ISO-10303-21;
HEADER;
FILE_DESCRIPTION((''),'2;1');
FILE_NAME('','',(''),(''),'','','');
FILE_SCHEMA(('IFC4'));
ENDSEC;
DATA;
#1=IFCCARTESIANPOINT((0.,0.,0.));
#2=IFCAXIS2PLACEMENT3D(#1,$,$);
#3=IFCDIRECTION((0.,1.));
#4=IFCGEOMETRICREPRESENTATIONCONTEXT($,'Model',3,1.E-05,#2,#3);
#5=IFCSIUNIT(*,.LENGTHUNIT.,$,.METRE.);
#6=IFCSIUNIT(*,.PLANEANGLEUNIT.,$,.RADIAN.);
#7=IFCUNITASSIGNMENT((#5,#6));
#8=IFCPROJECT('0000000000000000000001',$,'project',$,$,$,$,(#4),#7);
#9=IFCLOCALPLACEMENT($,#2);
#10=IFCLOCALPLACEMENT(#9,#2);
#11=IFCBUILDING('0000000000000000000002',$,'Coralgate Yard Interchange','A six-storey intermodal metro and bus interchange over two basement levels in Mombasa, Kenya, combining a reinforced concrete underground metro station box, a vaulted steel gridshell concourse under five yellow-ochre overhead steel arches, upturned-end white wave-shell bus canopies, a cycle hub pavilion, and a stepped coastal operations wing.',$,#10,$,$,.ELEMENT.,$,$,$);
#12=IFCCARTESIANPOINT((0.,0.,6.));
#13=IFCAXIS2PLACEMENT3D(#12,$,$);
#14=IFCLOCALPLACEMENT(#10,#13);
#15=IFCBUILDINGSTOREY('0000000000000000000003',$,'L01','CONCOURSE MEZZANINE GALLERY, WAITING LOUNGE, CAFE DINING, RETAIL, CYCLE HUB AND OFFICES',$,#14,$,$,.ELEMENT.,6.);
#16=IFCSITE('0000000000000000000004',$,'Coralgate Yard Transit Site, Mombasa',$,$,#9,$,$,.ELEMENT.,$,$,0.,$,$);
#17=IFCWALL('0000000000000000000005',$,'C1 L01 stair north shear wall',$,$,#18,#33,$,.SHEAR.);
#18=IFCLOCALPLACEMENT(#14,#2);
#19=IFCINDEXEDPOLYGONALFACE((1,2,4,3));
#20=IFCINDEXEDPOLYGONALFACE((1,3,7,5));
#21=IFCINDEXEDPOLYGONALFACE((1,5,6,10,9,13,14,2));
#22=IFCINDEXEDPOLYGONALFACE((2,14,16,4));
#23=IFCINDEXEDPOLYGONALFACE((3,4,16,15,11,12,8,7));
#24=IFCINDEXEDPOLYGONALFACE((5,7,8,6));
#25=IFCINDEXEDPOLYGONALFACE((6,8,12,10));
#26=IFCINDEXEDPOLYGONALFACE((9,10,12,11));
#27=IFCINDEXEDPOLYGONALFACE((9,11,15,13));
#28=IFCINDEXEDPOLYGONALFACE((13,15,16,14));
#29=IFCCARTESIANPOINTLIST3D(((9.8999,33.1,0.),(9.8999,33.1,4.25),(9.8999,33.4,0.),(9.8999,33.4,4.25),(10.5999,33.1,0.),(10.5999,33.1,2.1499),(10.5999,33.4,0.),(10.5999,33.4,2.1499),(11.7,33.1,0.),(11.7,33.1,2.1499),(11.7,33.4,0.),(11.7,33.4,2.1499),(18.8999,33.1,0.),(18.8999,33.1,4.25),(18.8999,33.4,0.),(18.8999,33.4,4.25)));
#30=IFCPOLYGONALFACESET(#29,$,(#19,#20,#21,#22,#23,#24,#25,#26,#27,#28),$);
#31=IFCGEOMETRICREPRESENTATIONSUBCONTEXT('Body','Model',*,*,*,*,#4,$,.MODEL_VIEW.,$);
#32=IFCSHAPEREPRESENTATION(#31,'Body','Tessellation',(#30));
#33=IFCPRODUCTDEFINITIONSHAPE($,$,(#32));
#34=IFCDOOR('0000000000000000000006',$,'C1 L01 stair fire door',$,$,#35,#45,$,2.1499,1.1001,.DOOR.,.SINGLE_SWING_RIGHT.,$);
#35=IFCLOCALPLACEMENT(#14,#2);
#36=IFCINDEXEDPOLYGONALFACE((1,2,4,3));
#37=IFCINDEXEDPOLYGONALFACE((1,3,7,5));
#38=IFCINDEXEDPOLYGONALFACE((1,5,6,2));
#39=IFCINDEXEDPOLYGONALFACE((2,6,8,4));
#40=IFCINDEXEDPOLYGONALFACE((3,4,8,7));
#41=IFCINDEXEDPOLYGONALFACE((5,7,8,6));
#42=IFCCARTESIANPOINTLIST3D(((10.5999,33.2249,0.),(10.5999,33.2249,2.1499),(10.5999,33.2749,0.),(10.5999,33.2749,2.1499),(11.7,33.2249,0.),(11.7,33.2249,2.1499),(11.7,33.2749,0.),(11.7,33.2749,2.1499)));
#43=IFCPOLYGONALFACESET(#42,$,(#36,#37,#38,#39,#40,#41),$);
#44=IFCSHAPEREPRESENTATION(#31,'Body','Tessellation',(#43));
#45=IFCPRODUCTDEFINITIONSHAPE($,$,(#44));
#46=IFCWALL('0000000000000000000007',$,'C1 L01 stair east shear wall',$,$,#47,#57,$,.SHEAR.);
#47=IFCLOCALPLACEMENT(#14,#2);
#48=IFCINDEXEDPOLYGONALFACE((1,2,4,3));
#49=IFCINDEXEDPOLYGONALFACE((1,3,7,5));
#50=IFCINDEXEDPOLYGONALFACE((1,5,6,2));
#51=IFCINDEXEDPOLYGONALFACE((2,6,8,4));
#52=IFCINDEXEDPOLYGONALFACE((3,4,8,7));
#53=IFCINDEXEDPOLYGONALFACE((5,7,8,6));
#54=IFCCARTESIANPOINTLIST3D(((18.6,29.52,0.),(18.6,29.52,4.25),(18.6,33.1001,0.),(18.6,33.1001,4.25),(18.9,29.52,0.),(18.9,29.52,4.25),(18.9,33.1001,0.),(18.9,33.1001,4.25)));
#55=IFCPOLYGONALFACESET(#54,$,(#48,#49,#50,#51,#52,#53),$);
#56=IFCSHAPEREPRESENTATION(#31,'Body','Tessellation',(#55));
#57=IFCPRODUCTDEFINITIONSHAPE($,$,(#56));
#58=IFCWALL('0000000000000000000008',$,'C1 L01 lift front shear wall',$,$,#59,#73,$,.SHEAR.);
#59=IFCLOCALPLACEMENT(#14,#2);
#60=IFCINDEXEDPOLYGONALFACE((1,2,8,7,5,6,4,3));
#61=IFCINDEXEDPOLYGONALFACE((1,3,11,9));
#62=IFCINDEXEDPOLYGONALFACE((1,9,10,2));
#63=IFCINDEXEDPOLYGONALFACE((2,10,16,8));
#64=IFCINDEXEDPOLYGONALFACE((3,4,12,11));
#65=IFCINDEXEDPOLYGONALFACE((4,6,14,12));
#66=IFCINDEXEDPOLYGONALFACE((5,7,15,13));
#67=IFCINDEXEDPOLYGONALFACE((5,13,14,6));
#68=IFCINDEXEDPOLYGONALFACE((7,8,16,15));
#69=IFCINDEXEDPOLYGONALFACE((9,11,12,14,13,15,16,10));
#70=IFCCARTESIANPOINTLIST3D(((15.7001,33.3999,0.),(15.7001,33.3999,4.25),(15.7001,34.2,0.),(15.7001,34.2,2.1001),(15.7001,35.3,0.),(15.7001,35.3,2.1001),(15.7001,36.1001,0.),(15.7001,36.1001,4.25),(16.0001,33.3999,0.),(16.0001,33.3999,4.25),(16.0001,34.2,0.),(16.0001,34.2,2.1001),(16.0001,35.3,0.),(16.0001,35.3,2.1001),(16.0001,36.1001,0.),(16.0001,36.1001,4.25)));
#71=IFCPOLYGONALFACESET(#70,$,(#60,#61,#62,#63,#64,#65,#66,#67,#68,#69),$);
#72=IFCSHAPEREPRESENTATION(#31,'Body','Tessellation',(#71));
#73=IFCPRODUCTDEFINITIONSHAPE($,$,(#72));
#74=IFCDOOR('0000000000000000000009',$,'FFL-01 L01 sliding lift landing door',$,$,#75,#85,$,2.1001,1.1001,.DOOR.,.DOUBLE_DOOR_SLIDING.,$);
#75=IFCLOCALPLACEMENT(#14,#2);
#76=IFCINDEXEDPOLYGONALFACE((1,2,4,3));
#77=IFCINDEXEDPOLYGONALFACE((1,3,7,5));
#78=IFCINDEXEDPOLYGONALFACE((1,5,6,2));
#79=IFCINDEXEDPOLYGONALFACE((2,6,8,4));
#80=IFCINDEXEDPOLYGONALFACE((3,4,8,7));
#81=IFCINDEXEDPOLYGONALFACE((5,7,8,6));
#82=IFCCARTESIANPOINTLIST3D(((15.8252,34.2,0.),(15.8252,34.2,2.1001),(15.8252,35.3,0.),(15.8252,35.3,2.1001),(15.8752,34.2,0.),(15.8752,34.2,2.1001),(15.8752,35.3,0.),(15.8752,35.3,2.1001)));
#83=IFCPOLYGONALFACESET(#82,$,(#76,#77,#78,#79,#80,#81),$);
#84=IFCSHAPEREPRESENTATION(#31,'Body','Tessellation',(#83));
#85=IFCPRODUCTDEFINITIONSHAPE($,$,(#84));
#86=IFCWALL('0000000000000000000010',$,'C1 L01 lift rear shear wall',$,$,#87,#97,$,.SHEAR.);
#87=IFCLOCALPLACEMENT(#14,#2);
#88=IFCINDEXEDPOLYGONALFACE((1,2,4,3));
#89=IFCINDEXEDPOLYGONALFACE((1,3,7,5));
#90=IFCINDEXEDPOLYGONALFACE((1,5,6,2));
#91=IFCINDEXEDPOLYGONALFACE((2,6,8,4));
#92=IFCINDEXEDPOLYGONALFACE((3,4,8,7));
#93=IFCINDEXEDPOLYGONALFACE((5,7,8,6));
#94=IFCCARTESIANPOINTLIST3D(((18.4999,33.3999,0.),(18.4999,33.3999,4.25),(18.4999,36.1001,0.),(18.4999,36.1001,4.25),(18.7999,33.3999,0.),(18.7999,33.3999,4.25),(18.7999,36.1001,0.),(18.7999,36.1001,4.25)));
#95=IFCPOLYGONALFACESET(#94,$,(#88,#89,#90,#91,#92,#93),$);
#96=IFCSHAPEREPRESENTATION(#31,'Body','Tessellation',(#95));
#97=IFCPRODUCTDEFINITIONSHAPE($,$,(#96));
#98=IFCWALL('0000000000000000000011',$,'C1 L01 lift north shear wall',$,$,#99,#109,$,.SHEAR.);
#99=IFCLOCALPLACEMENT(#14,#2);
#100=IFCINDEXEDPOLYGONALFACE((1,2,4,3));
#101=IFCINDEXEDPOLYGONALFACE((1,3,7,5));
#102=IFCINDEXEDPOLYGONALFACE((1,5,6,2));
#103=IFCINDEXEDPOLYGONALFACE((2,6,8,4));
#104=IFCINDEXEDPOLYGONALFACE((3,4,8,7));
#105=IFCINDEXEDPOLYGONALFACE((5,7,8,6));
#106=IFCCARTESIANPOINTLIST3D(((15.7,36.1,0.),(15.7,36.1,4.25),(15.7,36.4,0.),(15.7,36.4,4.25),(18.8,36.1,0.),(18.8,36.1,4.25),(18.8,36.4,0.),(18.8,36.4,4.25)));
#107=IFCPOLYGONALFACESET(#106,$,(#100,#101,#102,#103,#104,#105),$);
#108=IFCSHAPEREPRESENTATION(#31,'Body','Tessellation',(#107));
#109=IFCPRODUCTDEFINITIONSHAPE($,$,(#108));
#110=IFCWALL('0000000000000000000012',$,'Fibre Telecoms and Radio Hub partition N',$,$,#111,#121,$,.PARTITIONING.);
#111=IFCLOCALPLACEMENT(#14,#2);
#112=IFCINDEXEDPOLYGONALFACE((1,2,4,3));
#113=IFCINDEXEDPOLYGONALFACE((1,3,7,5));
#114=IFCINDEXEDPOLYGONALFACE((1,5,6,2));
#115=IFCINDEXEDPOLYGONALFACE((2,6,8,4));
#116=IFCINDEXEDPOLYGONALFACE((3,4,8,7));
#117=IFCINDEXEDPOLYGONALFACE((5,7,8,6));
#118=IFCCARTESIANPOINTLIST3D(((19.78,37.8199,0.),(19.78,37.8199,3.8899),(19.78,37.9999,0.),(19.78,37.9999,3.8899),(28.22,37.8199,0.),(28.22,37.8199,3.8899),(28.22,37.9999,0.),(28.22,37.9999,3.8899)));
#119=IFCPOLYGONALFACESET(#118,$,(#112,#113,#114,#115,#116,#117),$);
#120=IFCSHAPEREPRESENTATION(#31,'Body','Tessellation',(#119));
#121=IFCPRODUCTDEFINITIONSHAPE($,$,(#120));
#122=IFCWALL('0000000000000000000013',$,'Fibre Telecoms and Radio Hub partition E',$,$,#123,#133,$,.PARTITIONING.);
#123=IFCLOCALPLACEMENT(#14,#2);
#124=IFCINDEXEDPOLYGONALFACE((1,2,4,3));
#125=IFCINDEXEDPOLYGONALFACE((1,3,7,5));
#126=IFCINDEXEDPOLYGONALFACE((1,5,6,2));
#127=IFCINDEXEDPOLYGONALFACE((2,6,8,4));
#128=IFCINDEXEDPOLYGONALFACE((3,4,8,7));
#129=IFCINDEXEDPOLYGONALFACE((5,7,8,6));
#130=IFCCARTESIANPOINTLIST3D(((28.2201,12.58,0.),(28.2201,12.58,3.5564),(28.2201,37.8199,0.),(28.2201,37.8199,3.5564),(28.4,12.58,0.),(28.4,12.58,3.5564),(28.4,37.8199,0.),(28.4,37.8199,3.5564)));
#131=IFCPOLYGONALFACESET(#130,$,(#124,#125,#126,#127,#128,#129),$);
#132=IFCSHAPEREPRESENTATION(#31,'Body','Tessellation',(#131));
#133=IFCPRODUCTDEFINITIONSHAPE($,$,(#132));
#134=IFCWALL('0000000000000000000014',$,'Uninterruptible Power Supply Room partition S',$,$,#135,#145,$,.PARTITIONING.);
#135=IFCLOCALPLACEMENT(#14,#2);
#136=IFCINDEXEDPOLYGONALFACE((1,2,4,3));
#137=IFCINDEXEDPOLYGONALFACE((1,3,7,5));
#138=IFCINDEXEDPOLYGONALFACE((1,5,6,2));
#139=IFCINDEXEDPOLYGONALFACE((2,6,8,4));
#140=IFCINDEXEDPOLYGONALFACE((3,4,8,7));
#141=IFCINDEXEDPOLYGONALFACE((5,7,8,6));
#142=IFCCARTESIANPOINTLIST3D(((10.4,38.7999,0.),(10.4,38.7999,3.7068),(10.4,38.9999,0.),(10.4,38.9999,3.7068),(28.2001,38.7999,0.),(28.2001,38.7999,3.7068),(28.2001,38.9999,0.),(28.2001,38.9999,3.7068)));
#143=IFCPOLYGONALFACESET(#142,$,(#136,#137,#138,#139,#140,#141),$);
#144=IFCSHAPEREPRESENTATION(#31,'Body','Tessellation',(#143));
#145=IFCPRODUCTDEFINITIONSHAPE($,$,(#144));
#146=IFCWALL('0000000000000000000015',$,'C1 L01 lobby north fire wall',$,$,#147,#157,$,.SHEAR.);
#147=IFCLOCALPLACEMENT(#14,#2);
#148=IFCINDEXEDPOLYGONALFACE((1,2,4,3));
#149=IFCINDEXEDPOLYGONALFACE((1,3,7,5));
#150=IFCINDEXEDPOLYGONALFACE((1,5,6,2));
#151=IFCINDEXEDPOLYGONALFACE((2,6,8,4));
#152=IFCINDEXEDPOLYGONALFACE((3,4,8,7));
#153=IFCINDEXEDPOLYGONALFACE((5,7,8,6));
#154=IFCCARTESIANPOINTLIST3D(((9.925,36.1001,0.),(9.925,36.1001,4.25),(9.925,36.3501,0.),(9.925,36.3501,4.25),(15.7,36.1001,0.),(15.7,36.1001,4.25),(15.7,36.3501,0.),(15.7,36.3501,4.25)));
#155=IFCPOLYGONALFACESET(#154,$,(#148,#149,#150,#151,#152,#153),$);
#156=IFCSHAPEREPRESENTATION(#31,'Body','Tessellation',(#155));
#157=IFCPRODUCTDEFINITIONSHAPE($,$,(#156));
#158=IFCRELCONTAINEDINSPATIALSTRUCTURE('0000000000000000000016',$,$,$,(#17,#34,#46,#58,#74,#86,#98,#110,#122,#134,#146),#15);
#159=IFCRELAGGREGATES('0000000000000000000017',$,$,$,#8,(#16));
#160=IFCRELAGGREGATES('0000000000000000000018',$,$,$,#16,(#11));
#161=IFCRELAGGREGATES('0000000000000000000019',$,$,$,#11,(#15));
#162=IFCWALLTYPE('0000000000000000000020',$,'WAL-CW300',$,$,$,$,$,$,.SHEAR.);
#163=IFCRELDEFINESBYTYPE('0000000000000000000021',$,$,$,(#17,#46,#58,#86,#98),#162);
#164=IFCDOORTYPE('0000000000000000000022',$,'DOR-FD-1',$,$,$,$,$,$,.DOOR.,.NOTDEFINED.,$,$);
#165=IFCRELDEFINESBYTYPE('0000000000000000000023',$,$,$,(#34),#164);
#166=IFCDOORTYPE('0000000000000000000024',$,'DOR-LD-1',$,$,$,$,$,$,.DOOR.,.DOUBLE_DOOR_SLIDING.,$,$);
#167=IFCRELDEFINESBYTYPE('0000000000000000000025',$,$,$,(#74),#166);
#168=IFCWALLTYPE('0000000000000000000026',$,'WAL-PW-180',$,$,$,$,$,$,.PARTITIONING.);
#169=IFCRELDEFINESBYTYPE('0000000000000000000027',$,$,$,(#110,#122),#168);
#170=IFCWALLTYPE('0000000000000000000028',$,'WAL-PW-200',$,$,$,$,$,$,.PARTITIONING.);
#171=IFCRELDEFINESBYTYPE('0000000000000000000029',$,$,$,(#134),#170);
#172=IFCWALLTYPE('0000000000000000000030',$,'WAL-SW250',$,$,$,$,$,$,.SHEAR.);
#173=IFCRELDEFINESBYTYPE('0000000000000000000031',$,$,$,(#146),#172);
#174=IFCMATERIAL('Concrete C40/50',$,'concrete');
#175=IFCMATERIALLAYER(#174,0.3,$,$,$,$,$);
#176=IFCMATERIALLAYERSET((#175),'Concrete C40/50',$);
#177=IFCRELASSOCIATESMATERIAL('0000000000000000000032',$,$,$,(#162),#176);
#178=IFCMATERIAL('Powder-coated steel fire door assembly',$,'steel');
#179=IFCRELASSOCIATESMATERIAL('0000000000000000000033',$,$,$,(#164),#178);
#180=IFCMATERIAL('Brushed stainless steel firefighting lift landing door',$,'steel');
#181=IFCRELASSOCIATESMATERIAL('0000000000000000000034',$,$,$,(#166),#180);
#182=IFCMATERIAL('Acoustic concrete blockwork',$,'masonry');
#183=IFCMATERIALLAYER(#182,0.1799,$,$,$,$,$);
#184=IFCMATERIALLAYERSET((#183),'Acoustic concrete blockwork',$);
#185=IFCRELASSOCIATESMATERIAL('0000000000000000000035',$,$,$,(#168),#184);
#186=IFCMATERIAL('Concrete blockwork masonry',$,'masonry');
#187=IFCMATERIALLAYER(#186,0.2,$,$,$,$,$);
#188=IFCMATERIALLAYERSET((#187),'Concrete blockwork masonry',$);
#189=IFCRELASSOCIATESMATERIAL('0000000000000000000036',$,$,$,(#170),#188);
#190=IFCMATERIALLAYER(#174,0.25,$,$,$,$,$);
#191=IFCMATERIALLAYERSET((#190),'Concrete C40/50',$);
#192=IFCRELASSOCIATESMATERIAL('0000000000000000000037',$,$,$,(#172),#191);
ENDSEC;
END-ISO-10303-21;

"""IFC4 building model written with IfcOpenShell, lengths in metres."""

from ifc_helpers import new_model, si_unit, direction, frame, frame_2d, origin, place, context, subcontext, project, spatial, rectangle, extrude, material, layer, layer_set, type_object, element, fill, save


model = new_model("IFC4")

# Units and contexts
model_context = context("Model", 3, precision=1e-05, world=origin(), true_north=direction((0.0, 1.0)))
body_context = subcontext(model_context, "Body", "Model", "MODEL_VIEW")
ifc_project = project(units=[si_unit("LENGTHUNIT", "METRE"), si_unit("PLANEANGLEUNIT", "RADIAN")], contexts=[model_context])

# Site, building, storey
site_placement = place(None, origin())
site = spatial("IfcSite", under=ifc_project, at=site_placement, Name="Coralgate Yard Transit Site, Mombasa", CompositionType="ELEMENT", RefElevation=0.0)
building_placement = place(site_placement, origin())
building = spatial("IfcBuilding", under=site, at=building_placement, Name="Coralgate Yard Interchange", Description="A six-storey intermodal metro and bus interchange over two basement levels in Mombasa, Kenya, combining a reinforced concrete underground metro station box, a vaulted steel gridshell concourse under five yellow-ochre overhead steel arches, upturned-end white wave-shell bus canopies, a cycle hub pavilion, and a stepped coastal operations wing.", CompositionType="ELEMENT")
storey_placement = place(building_placement, frame((0.0, 0.0, 6.0)))
storey = spatial("IfcBuildingStorey", under=building, at=storey_placement, Name="L01", Description="CONCOURSE MEZZANINE GALLERY, WAITING LOUNGE, CAFE DINING, RETAIL, CYCLE HUB AND OFFICES", CompositionType="ELEMENT", Elevation=6.0)

# Wall, opening, door
ifc_material_1 = material(Name="Concrete C40/50", Category="concrete")
ifc_layer_1 = layer(ifc_material_1, 0.3)
ifc_layer_set_1 = layer_set([ifc_layer_1], Name="Concrete C40/50")
wall_type_1 = type_object("IfcWallType", Name="WAL-CW300", PredefinedType="SHEAR", material=ifc_layer_set_1)
wall_1_placement = place(storey_placement, frame((18.8999, 33.25, 0.0), z_axis=(0.0, 0.0, 1.0), x_axis=(-1.0, 0.0, 0.0)))
wall_1 = element("IfcWall", 1, at=wall_1_placement, inside=storey, type_object=wall_type_1, Name="C1 L01 stair north shear wall", PredefinedType="SHEAR", context=body_context, shape_type="SweptSolid", body=[
    extrude(rectangle(XDim=9.0, YDim=0.3, at=frame_2d((4.5, 0.0))), origin(), (0.0, 0.0, 1.0), 4.25),
])
opening_1_placement = place(wall_1_placement, frame((7.2, 0.0, 0.0)))
opening_1 = element("IfcOpeningElement", 2, at=opening_1_placement, cuts=wall_1, PredefinedType="OPENING", context=body_context, shape_type="SweptSolid", body=[
    extrude(rectangle(XDim=1.1001, YDim=2.1499, at=frame_2d((0.55, 1.075))), frame((0.0, 0.1599, 0.0), z_axis=(0.0, -1.0, 0.0), x_axis=(1.0, 0.0, 0.0)), (0.0, 0.0, 1.0), 0.3201),
])
ifc_material_2 = material(Name="Powder-coated steel fire door assembly", Category="steel")
door_type_1 = type_object("IfcDoorType", Name="DOR-FD-1", OperationType="NOTDEFINED", PredefinedType="DOOR", material=ifc_material_2)
door_1_placement = place(opening_1_placement, frame((1.1001, 0.0, 0.0), z_axis=(0.0, 0.0, 1.0), x_axis=(-1.0, 0.0, 0.0)))
door_1 = element("IfcDoor", 3, at=door_1_placement, inside=storey, type_object=door_type_1, Name="C1 L01 stair fire door", OperationType="SINGLE_SWING_RIGHT", OverallHeight=2.1499, OverallWidth=1.1001, PredefinedType="DOOR", context=body_context, shape_type="SweptSolid", body=[
    extrude(rectangle(XDim=1.1001, YDim=2.1499, at=frame_2d((0.55, 1.075))), frame((0.0, 0.0249, 0.0), z_axis=(0.0, -1.0, 0.0), x_axis=(1.0, 0.0, 0.0)), (0.0, 0.0, 1.0), 0.05),
])
fill(opening_1, door_1)

# Wall
wall_2_placement = place(storey_placement, frame((18.75, 33.1001, 0.0), z_axis=(0.0, 0.0, 1.0), x_axis=(0.0, -1.0, 0.0)))
element("IfcWall", 4, at=wall_2_placement, inside=storey, type_object=wall_type_1, Name="C1 L01 stair east shear wall", PredefinedType="SHEAR", context=body_context, shape_type="SweptSolid", body=[
    extrude(rectangle(XDim=3.5801, YDim=0.3, at=frame_2d((1.79, 0.0))), origin(), (0.0, 0.0, 1.0), 4.25),
])

# Wall, opening, door
wall_3_placement = place(storey_placement, frame((15.8501, 36.1001, 0.0), z_axis=(0.0, 0.0, 1.0), x_axis=(0.0, -1.0, 0.0)))
wall_3 = element("IfcWall", 5, at=wall_3_placement, inside=storey, type_object=wall_type_1, Name="C1 L01 lift front shear wall", PredefinedType="SHEAR", context=body_context, shape_type="SweptSolid", body=[
    extrude(rectangle(XDim=2.7002, YDim=0.3, at=frame_2d((1.3501, 0.0))), origin(), (0.0, 0.0, 1.0), 4.25),
])
opening_2_placement = place(wall_3_placement, frame((0.8, 0.0, 0.0)))
opening_2 = element("IfcOpeningElement", 6, at=opening_2_placement, cuts=wall_3, PredefinedType="OPENING", context=body_context, shape_type="SweptSolid", body=[
    extrude(rectangle(XDim=1.1001, YDim=2.1001, at=frame_2d((0.55, 1.05))), frame((0.0, 0.1599, 0.0), z_axis=(0.0, -1.0, 0.0), x_axis=(1.0, 0.0, 0.0)), (0.0, 0.0, 1.0), 0.3201),
])
ifc_material_3 = material(Name="Brushed stainless steel firefighting lift landing door", Category="steel")
door_type_2 = type_object("IfcDoorType", Name="DOR-LD-1", OperationType="DOUBLE_DOOR_SLIDING", PredefinedType="DOOR", material=ifc_material_3)
door_2_placement = place(opening_2_placement, frame((1.1001, 0.0, 0.0), z_axis=(0.0, 0.0, 1.0), x_axis=(-1.0, 0.0, 0.0)))
door_2 = element("IfcDoor", 7, at=door_2_placement, inside=storey, type_object=door_type_2, Name="FFL-01 L01 sliding lift landing door", OperationType="DOUBLE_DOOR_SLIDING", OverallHeight=2.1001, OverallWidth=1.1001, PredefinedType="DOOR", context=body_context, shape_type="SweptSolid", body=[
    extrude(rectangle(XDim=1.1001, YDim=2.1001, at=frame_2d((0.55, 1.05))), frame((0.0, 0.0249, 0.0), z_axis=(0.0, -1.0, 0.0), x_axis=(1.0, 0.0, 0.0)), (0.0, 0.0, 1.0), 0.05),
])
fill(opening_2, door_2)

# Walls
wall_4_placement = place(storey_placement, frame((18.6499, 33.3999, 0.0), z_axis=(0.0, 0.0, 1.0), x_axis=(0.0, 1.0, 0.0)))
element("IfcWall", 8, at=wall_4_placement, inside=storey, type_object=wall_type_1, Name="C1 L01 lift rear shear wall", PredefinedType="SHEAR", context=body_context, shape_type="SweptSolid", body=[
    extrude(rectangle(XDim=2.7002, YDim=0.3, at=frame_2d((1.3501, 0.0))), origin(), (0.0, 0.0, 1.0), 4.25),
])
wall_5_placement = place(storey_placement, frame((15.7, 36.25, 0.0), z_axis=(0.0, 0.0, 1.0), x_axis=(1.0, 0.0, 0.0)))
element("IfcWall", 9, at=wall_5_placement, inside=storey, type_object=wall_type_1, Name="C1 L01 lift north shear wall", PredefinedType="SHEAR", context=body_context, shape_type="SweptSolid", body=[
    extrude(rectangle(XDim=3.1001, YDim=0.3, at=frame_2d((1.55, 0.0))), origin(), (0.0, 0.0, 1.0), 4.25),
])
ifc_material_4 = material(Name="Acoustic concrete blockwork", Category="masonry")
ifc_layer_2 = layer(ifc_material_4, 0.1799)
ifc_layer_set_2 = layer_set([ifc_layer_2], Name="Acoustic concrete blockwork")
wall_type_2 = type_object("IfcWallType", Name="WAL-PW-180", PredefinedType="PARTITIONING", material=ifc_layer_set_2)
wall_6_placement = place(storey_placement, frame((19.78, 37.9099, 0.0), z_axis=(0.0, 0.0, 1.0), x_axis=(1.0, 0.0, 0.0)))
element("IfcWall", 10, at=wall_6_placement, inside=storey, type_object=wall_type_2, Name="Fibre Telecoms and Radio Hub partition N", PredefinedType="PARTITIONING", context=body_context, shape_type="SweptSolid", body=[
    extrude(rectangle(XDim=8.4399, YDim=0.1799, at=frame_2d((4.22, 0.0))), origin(), (0.0, 0.0, 1.0), 3.8899),
])
wall_7_placement = place(storey_placement, frame((28.3101, 37.8201, 0.0), z_axis=(0.0, 0.0, 1.0), x_axis=(0.0, -1.0, 0.0)))
element("IfcWall", 11, at=wall_7_placement, inside=storey, type_object=wall_type_2, Name="Fibre Telecoms and Radio Hub partition E", PredefinedType="PARTITIONING", context=body_context, shape_type="SweptSolid", body=[
    extrude(rectangle(XDim=25.24, YDim=0.1799, at=frame_2d((12.6201, 0.0))), origin(), (0.0, 0.0, 1.0), 3.5564),
])
ifc_material_5 = material(Name="Concrete blockwork masonry", Category="masonry")
ifc_layer_3 = layer(ifc_material_5, 0.2)
ifc_layer_set_3 = layer_set([ifc_layer_3], Name="Concrete blockwork masonry")
wall_type_3 = type_object("IfcWallType", Name="WAL-PW-200", PredefinedType="PARTITIONING", material=ifc_layer_set_3)
wall_8_placement = place(storey_placement, frame((28.2, 38.8999, 0.0), z_axis=(0.0, 0.0, 1.0), x_axis=(-1.0, 0.0, 0.0)))
element("IfcWall", 12, at=wall_8_placement, inside=storey, type_object=wall_type_3, Name="Uninterruptible Power Supply Room partition S", PredefinedType="PARTITIONING", context=body_context, shape_type="SweptSolid", body=[
    extrude(rectangle(XDim=17.8, YDim=0.2, at=frame_2d((8.8999, 0.0))), origin(), (0.0, 0.0, 1.0), 3.7068),
])
ifc_layer_4 = layer(ifc_material_1, 0.25)
ifc_layer_set_4 = layer_set([ifc_layer_4], Name="Concrete C40/50")
wall_type_4 = type_object("IfcWallType", Name="WAL-SW250", PredefinedType="SHEAR", material=ifc_layer_set_4)
wall_9_placement = place(storey_placement, frame((15.7, 36.2251, 0.0), z_axis=(0.0, 0.0, 1.0), x_axis=(-1.0, 0.0, 0.0)))
element("IfcWall", 13, at=wall_9_placement, inside=storey, type_object=wall_type_4, Name="C1 L01 lobby north fire wall", PredefinedType="SHEAR", context=body_context, shape_type="SweptSolid", body=[
    extrude(rectangle(XDim=5.7749, YDim=0.25, at=frame_2d((2.8875, 0.0))), origin(), (0.0, 0.0, 1.0), 4.25),
])

save(model, "model.ifc")
